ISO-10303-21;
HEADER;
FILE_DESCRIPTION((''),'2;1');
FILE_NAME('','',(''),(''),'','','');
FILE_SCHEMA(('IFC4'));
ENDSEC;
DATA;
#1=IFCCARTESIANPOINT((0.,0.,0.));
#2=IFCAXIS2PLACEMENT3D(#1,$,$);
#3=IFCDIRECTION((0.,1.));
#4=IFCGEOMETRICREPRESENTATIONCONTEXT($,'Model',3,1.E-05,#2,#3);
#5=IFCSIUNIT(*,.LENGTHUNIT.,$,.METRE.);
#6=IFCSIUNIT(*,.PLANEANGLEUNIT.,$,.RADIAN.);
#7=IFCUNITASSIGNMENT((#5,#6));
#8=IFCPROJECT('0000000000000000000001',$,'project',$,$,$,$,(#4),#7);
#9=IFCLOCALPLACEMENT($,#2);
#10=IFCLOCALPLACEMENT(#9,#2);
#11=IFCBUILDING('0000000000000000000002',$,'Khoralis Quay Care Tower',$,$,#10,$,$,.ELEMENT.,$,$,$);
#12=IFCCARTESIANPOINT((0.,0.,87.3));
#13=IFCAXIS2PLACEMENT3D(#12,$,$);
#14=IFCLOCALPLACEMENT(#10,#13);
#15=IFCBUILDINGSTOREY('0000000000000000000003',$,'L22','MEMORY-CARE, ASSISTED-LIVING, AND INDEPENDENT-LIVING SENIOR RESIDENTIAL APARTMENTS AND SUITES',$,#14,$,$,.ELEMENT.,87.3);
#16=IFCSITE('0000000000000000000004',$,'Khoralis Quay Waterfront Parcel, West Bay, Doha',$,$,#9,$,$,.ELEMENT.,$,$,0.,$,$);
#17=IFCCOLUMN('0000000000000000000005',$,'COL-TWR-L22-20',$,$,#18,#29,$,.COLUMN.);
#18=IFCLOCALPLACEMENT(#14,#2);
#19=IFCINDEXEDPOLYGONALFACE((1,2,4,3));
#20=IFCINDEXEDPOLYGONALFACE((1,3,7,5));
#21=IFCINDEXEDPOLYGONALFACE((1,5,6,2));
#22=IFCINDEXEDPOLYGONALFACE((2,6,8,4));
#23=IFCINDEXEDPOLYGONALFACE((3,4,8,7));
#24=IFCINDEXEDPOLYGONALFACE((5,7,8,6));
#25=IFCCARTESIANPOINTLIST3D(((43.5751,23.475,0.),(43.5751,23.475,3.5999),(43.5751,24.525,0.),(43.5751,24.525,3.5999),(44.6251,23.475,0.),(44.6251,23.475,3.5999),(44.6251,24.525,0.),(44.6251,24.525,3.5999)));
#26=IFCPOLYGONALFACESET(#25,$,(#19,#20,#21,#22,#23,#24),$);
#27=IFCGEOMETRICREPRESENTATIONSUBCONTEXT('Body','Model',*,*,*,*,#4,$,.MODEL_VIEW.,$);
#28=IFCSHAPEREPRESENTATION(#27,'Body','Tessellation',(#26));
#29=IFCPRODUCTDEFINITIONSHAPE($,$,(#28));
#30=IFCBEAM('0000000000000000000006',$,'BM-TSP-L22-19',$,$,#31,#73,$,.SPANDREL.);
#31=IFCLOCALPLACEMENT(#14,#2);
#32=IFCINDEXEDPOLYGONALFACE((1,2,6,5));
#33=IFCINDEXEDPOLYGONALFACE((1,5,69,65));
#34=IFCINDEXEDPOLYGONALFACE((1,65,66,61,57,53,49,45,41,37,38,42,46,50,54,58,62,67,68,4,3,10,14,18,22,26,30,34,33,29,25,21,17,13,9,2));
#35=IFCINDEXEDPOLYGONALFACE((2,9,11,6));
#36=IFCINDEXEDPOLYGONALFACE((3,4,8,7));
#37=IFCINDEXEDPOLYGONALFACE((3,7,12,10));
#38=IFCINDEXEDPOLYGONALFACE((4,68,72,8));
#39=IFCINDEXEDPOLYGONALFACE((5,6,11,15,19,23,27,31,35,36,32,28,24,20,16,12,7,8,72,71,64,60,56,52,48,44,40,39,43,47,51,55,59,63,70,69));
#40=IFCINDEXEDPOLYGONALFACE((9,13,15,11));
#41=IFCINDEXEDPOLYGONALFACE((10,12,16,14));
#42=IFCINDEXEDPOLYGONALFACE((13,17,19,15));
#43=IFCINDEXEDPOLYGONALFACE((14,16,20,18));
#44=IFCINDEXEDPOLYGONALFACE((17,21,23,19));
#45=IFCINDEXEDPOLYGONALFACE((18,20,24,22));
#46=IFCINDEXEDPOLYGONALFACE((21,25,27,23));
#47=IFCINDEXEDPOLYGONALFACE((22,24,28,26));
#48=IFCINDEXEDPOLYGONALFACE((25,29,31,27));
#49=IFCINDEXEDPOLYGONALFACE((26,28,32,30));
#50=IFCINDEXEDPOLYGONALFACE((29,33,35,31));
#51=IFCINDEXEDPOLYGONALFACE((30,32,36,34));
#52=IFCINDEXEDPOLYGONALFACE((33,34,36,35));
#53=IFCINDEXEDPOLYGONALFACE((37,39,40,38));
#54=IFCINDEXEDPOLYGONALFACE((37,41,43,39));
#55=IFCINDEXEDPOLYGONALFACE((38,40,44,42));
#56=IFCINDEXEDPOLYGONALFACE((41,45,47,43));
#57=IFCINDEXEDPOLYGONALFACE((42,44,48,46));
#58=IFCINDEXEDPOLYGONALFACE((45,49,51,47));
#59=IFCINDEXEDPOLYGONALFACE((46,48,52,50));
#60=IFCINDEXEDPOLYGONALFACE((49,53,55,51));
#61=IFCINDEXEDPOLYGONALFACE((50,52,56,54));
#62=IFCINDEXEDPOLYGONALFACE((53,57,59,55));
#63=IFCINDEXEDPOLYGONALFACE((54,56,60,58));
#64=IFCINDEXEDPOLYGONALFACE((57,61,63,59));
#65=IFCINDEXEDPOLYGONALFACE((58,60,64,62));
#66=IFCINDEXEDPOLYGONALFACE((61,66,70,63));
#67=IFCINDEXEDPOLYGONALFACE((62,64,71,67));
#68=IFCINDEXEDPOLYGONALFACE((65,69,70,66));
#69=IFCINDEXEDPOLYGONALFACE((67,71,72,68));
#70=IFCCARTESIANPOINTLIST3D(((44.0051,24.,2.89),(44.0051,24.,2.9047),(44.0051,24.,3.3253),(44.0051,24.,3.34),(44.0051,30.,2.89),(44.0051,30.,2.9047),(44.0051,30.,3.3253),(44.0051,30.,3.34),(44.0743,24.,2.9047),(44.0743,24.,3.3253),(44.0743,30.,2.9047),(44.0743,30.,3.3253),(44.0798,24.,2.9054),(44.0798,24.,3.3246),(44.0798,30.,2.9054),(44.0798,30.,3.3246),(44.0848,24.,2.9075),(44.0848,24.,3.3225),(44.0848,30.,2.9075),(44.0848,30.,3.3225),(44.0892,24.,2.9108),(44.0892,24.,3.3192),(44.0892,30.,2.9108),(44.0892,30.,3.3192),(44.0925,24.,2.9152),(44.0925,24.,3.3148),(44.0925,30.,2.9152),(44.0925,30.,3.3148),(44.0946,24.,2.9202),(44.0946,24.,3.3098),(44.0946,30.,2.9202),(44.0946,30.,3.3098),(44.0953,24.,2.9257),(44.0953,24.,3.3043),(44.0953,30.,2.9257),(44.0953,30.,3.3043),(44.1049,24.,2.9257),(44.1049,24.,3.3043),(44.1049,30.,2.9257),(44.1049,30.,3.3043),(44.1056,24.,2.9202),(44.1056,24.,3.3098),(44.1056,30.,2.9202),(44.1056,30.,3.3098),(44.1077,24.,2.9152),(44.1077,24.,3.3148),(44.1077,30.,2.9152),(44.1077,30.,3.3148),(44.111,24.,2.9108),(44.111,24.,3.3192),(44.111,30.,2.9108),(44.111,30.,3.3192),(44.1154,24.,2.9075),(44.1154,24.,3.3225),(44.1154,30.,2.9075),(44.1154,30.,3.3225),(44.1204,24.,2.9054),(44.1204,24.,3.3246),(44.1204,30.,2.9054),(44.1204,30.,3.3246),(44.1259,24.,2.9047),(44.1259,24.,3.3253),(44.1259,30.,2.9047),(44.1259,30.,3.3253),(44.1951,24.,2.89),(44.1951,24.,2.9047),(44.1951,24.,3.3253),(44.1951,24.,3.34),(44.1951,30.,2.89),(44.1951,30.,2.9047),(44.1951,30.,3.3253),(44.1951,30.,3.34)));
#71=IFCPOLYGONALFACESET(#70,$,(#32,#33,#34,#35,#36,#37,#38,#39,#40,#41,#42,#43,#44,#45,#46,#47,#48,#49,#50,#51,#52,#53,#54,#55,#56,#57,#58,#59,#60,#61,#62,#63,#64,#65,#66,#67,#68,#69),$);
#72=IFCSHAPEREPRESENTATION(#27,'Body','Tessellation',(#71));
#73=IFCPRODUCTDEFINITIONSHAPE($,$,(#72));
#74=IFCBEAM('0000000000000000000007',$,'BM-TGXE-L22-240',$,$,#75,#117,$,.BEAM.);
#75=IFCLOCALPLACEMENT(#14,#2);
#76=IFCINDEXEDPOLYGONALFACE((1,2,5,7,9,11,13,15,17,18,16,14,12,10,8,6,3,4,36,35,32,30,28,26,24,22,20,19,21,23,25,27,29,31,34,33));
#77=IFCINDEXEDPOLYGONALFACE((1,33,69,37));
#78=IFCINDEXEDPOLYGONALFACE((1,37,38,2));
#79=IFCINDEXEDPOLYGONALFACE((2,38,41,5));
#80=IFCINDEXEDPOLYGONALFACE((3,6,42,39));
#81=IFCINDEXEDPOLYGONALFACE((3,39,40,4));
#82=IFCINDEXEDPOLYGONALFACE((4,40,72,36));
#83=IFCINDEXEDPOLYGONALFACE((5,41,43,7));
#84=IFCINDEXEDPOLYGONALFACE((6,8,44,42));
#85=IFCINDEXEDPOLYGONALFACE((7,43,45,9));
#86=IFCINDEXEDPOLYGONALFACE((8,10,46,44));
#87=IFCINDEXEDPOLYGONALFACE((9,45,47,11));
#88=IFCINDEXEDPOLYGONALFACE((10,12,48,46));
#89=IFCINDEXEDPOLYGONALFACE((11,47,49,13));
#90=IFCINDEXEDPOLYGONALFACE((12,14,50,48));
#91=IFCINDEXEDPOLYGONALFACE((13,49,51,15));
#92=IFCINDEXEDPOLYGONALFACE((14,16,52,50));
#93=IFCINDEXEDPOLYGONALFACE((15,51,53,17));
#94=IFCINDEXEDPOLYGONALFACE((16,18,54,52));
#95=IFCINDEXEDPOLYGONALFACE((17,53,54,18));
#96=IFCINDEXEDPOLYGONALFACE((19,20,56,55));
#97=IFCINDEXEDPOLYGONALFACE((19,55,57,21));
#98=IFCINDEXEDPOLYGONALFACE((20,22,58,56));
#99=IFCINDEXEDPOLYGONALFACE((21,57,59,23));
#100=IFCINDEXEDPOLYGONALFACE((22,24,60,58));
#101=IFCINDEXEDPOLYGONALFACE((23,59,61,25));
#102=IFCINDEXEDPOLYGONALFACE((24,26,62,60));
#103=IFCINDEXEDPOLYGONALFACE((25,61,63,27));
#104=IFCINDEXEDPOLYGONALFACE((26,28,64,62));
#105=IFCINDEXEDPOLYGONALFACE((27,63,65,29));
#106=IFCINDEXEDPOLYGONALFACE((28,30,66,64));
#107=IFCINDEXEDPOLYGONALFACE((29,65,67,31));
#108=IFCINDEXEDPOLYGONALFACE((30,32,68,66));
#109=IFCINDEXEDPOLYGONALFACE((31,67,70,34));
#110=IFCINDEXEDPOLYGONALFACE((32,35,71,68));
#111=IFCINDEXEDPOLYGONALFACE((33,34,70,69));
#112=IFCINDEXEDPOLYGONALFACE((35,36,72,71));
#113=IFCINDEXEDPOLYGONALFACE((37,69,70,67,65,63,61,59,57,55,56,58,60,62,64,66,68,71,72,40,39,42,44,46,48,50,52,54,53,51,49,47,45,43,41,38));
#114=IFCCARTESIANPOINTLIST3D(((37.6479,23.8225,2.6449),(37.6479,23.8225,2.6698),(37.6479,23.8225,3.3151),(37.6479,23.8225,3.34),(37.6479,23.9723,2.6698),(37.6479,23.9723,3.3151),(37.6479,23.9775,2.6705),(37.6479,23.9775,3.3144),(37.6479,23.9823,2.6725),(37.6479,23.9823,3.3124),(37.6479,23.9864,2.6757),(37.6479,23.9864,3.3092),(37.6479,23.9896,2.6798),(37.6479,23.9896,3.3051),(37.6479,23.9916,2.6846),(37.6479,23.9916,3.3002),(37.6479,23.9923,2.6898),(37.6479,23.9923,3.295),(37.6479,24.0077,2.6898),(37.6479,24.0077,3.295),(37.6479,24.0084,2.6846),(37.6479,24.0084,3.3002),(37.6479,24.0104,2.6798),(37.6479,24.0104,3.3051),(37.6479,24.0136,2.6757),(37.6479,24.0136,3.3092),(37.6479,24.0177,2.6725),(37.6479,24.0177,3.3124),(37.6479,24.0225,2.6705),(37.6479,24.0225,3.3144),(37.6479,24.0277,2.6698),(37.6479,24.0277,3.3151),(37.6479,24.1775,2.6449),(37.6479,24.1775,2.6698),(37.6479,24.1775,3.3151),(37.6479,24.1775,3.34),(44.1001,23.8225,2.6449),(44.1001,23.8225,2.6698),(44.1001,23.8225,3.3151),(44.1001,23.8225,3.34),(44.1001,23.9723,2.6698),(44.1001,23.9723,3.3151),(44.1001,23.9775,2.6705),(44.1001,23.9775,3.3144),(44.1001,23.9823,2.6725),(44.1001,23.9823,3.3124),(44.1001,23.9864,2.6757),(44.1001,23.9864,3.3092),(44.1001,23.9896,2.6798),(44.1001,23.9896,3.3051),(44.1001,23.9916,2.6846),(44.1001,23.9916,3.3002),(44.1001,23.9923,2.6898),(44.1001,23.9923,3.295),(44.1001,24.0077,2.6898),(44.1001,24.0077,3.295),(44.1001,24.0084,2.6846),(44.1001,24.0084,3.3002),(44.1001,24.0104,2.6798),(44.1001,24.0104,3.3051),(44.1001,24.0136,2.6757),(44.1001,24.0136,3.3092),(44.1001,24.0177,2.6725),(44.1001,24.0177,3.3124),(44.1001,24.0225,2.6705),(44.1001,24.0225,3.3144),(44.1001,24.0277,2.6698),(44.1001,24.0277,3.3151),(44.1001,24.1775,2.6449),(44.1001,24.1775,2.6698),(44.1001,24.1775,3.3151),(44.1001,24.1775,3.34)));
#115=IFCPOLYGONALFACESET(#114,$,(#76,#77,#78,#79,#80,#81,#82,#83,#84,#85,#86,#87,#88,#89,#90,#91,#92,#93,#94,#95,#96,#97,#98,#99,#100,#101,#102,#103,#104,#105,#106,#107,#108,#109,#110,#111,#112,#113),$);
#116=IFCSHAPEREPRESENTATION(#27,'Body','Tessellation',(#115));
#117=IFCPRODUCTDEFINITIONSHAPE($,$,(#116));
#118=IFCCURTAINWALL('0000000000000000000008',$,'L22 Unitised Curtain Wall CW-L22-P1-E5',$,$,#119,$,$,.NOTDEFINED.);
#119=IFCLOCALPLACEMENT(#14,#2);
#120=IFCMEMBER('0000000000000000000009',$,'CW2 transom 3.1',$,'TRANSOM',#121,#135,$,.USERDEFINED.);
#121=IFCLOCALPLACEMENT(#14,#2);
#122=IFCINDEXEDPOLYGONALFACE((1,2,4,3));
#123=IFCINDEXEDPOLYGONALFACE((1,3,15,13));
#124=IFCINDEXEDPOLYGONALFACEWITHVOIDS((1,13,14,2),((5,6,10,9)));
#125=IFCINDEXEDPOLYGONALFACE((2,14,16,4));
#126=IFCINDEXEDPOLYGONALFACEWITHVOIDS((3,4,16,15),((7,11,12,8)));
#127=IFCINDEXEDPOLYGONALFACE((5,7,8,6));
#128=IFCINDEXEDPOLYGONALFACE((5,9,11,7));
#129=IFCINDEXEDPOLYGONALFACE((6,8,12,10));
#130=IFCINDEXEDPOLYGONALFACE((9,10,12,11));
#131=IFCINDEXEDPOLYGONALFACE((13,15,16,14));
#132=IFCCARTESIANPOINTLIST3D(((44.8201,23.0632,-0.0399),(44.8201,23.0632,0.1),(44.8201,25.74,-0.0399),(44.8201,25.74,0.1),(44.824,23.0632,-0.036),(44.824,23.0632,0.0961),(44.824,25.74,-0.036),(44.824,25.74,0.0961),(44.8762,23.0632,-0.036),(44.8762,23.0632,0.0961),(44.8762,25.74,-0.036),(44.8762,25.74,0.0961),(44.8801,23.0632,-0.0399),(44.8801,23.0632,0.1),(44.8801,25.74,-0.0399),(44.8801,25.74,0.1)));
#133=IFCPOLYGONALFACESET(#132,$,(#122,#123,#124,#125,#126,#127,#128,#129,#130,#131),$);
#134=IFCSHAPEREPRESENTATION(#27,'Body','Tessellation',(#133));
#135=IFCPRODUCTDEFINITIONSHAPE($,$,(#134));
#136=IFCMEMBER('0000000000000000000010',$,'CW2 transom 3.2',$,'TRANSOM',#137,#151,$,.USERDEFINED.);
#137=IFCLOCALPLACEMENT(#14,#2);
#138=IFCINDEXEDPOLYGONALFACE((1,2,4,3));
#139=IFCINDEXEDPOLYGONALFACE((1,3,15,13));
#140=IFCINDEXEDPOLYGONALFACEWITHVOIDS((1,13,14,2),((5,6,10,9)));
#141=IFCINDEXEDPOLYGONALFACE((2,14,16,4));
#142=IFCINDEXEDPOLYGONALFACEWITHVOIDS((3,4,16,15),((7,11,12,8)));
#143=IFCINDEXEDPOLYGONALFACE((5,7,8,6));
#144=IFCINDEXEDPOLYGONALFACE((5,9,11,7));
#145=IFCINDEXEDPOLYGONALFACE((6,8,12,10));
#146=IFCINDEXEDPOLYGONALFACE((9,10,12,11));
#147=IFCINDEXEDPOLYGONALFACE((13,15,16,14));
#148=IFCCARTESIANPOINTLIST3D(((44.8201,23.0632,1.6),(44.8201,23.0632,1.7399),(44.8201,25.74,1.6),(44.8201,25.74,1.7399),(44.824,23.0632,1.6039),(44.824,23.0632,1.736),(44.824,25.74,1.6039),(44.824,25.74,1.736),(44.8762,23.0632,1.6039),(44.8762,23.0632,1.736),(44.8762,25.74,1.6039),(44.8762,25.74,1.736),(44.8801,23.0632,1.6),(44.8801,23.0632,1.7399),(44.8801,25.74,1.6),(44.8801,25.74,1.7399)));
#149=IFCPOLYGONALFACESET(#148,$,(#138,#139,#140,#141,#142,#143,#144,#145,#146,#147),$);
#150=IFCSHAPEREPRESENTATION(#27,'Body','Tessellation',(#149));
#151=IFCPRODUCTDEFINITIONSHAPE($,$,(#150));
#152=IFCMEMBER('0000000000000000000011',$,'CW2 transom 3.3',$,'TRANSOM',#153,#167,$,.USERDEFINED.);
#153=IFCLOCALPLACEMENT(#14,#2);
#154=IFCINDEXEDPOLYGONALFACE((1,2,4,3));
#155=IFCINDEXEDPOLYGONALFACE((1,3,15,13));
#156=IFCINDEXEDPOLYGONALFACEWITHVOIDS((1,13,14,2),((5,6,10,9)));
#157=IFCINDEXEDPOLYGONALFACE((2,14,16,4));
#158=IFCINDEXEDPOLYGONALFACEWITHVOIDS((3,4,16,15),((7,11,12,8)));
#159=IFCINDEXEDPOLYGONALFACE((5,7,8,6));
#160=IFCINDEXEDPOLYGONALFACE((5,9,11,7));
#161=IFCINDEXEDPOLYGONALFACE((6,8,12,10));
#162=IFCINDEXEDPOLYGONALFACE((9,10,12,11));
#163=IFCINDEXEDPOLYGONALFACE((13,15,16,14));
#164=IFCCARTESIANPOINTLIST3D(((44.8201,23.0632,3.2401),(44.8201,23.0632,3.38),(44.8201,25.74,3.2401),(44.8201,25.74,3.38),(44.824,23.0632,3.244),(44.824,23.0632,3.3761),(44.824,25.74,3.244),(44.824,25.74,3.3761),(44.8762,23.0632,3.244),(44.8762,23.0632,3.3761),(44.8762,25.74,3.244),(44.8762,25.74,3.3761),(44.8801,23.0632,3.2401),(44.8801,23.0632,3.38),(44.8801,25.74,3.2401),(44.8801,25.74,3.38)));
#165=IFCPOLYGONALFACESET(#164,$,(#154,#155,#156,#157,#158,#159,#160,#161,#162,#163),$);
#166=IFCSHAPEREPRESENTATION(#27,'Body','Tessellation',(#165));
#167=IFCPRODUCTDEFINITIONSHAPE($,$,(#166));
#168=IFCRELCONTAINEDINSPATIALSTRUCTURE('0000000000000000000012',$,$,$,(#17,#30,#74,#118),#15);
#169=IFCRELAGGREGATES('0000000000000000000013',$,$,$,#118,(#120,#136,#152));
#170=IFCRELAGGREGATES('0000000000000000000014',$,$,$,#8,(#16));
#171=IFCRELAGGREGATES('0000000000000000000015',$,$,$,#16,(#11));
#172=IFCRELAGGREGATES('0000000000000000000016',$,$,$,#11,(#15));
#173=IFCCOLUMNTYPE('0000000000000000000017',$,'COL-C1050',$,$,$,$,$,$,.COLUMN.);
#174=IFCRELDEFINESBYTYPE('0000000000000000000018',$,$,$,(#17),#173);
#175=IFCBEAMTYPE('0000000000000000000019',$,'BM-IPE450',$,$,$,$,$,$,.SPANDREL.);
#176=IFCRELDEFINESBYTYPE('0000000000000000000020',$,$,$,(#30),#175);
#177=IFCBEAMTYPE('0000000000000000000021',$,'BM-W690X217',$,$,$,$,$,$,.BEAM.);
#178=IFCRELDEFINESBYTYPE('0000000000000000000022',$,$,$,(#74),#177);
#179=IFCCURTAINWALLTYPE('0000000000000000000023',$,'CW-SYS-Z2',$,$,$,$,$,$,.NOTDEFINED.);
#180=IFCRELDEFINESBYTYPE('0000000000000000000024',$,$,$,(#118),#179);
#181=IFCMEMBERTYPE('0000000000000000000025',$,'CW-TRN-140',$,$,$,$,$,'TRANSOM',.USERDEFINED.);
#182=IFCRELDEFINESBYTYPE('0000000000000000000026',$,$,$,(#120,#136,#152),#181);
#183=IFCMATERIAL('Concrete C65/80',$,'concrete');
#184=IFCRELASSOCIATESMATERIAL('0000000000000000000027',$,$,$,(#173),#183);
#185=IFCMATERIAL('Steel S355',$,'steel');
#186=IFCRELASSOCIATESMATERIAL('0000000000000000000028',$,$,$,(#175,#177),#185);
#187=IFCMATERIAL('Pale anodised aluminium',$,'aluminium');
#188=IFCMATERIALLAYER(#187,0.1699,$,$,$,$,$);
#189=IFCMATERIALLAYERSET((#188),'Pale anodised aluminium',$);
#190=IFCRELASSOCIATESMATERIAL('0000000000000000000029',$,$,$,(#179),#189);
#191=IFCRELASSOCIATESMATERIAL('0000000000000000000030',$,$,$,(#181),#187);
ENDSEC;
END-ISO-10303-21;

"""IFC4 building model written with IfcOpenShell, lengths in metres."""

from ifc_helpers import new_model, si_unit, direction, frame, origin, origin_2d, place, context, subcontext, project, spatial, rectangle, hollow_rectangle, i_section, extrude, source, transform, mapped, material, layer, layer_set, material_profile, profile_set, type_object, element, aggregate, save


model = new_model("IFC4")

# Units and contexts
model_context = context("Model", 3, precision=1e-05, world=origin(), true_north=direction((0.0, 1.0)))
body_context = subcontext(model_context, "Body", "Model", "MODEL_VIEW")
ifc_project = project(units=[si_unit("LENGTHUNIT", "METRE"), si_unit("PLANEANGLEUNIT", "RADIAN")], contexts=[model_context])

# Site, building, storey
site_placement = place(None, origin())
site = spatial("IfcSite", under=ifc_project, at=site_placement, Name="Khoralis Quay Waterfront Parcel, West Bay, Doha", CompositionType="ELEMENT", RefElevation=0.0)
building_placement = place(site_placement, origin())
building = spatial("IfcBuilding", under=site, at=building_placement, Name="Khoralis Quay Care Tower", CompositionType="ELEMENT")
storey_placement = place(building_placement, frame((0.0, 0.0, 87.3)))
storey = spatial("IfcBuildingStorey", under=building, at=storey_placement, Name="L22", Description="MEMORY-CARE, ASSISTED-LIVING, AND INDEPENDENT-LIVING SENIOR RESIDENTIAL APARTMENTS AND SUITES", CompositionType="ELEMENT", Elevation=87.3)

# Column
ifc_material_1 = material(Name="Concrete C65/80", Category="concrete")
ifc_material_profile_1 = material_profile(ifc_material_1, rectangle(XDim=1.05, YDim=1.05, at=origin_2d()), Name="Concrete C65/80")
ifc_profile_set_1 = profile_set([ifc_material_profile_1], Name="Concrete C65/80")
column_type = type_object("IfcColumnType", Name="COL-C1050", PredefinedType="COLUMN", material=ifc_profile_set_1)
shared_shape_1 = source(origin(), body_context, "Body", "SweptSolid", [
    extrude(rectangle(XDim=1.05, YDim=1.05, at=origin_2d()), origin(), (0.0, 0.0, 1.0), 3.5999),
])
column_placement = place(storey_placement, frame((44.1001, 24.0, 0.0), z_axis=(0.0, 0.0, 1.0), x_axis=(1.0, 0.0, 0.0)))
element("IfcColumn", 1, at=column_placement, inside=storey, type_object=column_type, Name="COL-TWR-L22-20", PredefinedType="COLUMN", context=body_context, shape_type="MappedRepresentation", body=[
    mapped(shared_shape_1, transform((0.0, 0.0, 0.0), scale=1.0)),
])

# Beams
ifc_material_2 = material(Name="Steel S355", Category="steel")
ifc_material_profile_2 = material_profile(ifc_material_2, i_section(OverallWidth=0.1899, OverallDepth=0.45, WebThickness=0.0095, FlangeThickness=0.0146, FilletRadius=0.021, at=origin_2d()), Name="Steel S355")
ifc_profile_set_2 = profile_set([ifc_material_profile_2], Name="Steel S355")
beam_type_1 = type_object("IfcBeamType", Name="BM-IPE450", PredefinedType="SPANDREL", material=ifc_profile_set_2)
shared_shape_2 = source(origin(), body_context, "Body", "SweptSolid", [
    extrude(i_section(OverallWidth=0.1899, OverallDepth=0.45, WebThickness=0.0095, FlangeThickness=0.0146, FilletRadius=0.021, at=origin_2d()), origin(), (0.0, 0.0, 1.0), 6.0),
])
beam_1_placement = place(storey_placement, frame((44.1001, 24.0, 3.115), z_axis=(0.0, 1.0, 0.0), x_axis=(-1.0, 0.0, 0.0)))
element("IfcBeam", 2, at=beam_1_placement, inside=storey, type_object=beam_type_1, Name="BM-TSP-L22-19", PredefinedType="SPANDREL", context=body_context, shape_type="MappedRepresentation", body=[
    mapped(shared_shape_2, transform((0.0, 0.0, 0.0), scale=1.0)),
])
ifc_material_profile_3 = material_profile(ifc_material_2, i_section(OverallWidth=0.355, OverallDepth=0.6951, WebThickness=0.0154, FlangeThickness=0.0249, FilletRadius=0.02, at=origin_2d()), Name="Steel S355")
ifc_profile_set_3 = profile_set([ifc_material_profile_3], Name="Steel S355")
beam_type_2 = type_object("IfcBeamType", Name="BM-W690X217", PredefinedType="BEAM", material=ifc_profile_set_3)
shared_shape_3 = source(origin(), body_context, "Body", "SweptSolid", [
    extrude(i_section(OverallWidth=0.355, OverallDepth=0.6951, WebThickness=0.0154, FlangeThickness=0.0249, FilletRadius=0.02, at=origin_2d()), origin(), (0.0, 0.0, 1.0), 6.4521),
])
beam_2_placement = place(storey_placement, frame((37.6479, 24.0, 2.9924), z_axis=(1.0, 0.0, 0.0), x_axis=(0.0, 1.0, 0.0)))
element("IfcBeam", 3, at=beam_2_placement, inside=storey, type_object=beam_type_2, Name="BM-TGXE-L22-240", PredefinedType="BEAM", context=body_context, shape_type="MappedRepresentation", body=[
    mapped(shared_shape_3, transform((0.0, 0.0, 0.0), scale=1.0)),
])

# Curtain wall, members
ifc_material_3 = material(Name="Pale anodised aluminium", Category="aluminium")
ifc_layer_1 = layer(ifc_material_3, 0.1699)
ifc_layer_set_1 = layer_set([ifc_layer_1], Name="Pale anodised aluminium")
curtain_wall_type = type_object("IfcCurtainWallType", Name="CW-SYS-Z2", PredefinedType="NOTDEFINED", material=ifc_layer_set_1)
curtain_wall_placement = place(storey_placement, origin())
curtain_wall = element("IfcCurtainWall", 4, at=curtain_wall_placement, inside=storey, type_object=curtain_wall_type, Name="L22 Unitised Curtain Wall CW-L22-P1-E5", PredefinedType="NOTDEFINED")
ifc_material_profile_4 = material_profile(ifc_material_3, hollow_rectangle(XDim=0.0601, YDim=0.1399, WallThickness=0.0039, at=origin_2d()), Name="Pale anodised aluminium")
ifc_profile_set_4 = profile_set([ifc_material_profile_4], Name="Pale anodised aluminium")
member_type_1 = type_object("IfcMemberType", Name="CW-TRN-140", ElementType="TRANSOM", PredefinedType="USERDEFINED", material=ifc_profile_set_4)
shared_shape_4 = source(origin(), body_context, "Body", "SweptSolid", [
    extrude(hollow_rectangle(XDim=0.0601, YDim=0.1399, WallThickness=0.0039, at=origin_2d()), origin(), (0.0, 0.0, 1.0), 2.6768),
])
member_1_placement = place(storey_placement, frame((44.8501, 23.0632, 0.03), z_axis=(0.0, 1.0, 0.0), x_axis=(-1.0, 0.0, 0.0)))
member_1 = element("IfcMember", 5, at=member_1_placement, type_object=member_type_1, Name="CW2 transom 3.1", ObjectType="TRANSOM", PredefinedType="USERDEFINED", context=body_context, shape_type="MappedRepresentation", body=[
    mapped(shared_shape_4, transform((0.0, 0.0, 0.0), scale=1.0)),
])
member_2_placement = place(storey_placement, frame((44.8501, 23.0632, 1.6699), z_axis=(0.0, 1.0, 0.0), x_axis=(-1.0, 0.0, 0.0)))
member_2 = element("IfcMember", 6, at=member_2_placement, type_object=member_type_1, Name="CW2 transom 3.2", ObjectType="TRANSOM", PredefinedType="USERDEFINED", context=body_context, shape_type="MappedRepresentation", body=[
    mapped(shared_shape_4, transform((0.0, 0.0, 0.0), scale=1.0)),
])
member_3_placement = place(storey_placement, frame((44.8501, 23.0632, 3.3101), z_axis=(0.0, 1.0, 0.0), x_axis=(-1.0, 0.0, 0.0)))
member_3 = element("IfcMember", 7, at=member_3_placement, type_object=member_type_1, Name="CW2 transom 3.3", ObjectType="TRANSOM", PredefinedType="USERDEFINED", context=body_context, shape_type="MappedRepresentation", body=[
    mapped(shared_shape_4, transform((0.0, 0.0, 0.0), scale=1.0)),
])
aggregate(curtain_wall, [member_1, member_2, member_3])

save(model, "model.ifc")
